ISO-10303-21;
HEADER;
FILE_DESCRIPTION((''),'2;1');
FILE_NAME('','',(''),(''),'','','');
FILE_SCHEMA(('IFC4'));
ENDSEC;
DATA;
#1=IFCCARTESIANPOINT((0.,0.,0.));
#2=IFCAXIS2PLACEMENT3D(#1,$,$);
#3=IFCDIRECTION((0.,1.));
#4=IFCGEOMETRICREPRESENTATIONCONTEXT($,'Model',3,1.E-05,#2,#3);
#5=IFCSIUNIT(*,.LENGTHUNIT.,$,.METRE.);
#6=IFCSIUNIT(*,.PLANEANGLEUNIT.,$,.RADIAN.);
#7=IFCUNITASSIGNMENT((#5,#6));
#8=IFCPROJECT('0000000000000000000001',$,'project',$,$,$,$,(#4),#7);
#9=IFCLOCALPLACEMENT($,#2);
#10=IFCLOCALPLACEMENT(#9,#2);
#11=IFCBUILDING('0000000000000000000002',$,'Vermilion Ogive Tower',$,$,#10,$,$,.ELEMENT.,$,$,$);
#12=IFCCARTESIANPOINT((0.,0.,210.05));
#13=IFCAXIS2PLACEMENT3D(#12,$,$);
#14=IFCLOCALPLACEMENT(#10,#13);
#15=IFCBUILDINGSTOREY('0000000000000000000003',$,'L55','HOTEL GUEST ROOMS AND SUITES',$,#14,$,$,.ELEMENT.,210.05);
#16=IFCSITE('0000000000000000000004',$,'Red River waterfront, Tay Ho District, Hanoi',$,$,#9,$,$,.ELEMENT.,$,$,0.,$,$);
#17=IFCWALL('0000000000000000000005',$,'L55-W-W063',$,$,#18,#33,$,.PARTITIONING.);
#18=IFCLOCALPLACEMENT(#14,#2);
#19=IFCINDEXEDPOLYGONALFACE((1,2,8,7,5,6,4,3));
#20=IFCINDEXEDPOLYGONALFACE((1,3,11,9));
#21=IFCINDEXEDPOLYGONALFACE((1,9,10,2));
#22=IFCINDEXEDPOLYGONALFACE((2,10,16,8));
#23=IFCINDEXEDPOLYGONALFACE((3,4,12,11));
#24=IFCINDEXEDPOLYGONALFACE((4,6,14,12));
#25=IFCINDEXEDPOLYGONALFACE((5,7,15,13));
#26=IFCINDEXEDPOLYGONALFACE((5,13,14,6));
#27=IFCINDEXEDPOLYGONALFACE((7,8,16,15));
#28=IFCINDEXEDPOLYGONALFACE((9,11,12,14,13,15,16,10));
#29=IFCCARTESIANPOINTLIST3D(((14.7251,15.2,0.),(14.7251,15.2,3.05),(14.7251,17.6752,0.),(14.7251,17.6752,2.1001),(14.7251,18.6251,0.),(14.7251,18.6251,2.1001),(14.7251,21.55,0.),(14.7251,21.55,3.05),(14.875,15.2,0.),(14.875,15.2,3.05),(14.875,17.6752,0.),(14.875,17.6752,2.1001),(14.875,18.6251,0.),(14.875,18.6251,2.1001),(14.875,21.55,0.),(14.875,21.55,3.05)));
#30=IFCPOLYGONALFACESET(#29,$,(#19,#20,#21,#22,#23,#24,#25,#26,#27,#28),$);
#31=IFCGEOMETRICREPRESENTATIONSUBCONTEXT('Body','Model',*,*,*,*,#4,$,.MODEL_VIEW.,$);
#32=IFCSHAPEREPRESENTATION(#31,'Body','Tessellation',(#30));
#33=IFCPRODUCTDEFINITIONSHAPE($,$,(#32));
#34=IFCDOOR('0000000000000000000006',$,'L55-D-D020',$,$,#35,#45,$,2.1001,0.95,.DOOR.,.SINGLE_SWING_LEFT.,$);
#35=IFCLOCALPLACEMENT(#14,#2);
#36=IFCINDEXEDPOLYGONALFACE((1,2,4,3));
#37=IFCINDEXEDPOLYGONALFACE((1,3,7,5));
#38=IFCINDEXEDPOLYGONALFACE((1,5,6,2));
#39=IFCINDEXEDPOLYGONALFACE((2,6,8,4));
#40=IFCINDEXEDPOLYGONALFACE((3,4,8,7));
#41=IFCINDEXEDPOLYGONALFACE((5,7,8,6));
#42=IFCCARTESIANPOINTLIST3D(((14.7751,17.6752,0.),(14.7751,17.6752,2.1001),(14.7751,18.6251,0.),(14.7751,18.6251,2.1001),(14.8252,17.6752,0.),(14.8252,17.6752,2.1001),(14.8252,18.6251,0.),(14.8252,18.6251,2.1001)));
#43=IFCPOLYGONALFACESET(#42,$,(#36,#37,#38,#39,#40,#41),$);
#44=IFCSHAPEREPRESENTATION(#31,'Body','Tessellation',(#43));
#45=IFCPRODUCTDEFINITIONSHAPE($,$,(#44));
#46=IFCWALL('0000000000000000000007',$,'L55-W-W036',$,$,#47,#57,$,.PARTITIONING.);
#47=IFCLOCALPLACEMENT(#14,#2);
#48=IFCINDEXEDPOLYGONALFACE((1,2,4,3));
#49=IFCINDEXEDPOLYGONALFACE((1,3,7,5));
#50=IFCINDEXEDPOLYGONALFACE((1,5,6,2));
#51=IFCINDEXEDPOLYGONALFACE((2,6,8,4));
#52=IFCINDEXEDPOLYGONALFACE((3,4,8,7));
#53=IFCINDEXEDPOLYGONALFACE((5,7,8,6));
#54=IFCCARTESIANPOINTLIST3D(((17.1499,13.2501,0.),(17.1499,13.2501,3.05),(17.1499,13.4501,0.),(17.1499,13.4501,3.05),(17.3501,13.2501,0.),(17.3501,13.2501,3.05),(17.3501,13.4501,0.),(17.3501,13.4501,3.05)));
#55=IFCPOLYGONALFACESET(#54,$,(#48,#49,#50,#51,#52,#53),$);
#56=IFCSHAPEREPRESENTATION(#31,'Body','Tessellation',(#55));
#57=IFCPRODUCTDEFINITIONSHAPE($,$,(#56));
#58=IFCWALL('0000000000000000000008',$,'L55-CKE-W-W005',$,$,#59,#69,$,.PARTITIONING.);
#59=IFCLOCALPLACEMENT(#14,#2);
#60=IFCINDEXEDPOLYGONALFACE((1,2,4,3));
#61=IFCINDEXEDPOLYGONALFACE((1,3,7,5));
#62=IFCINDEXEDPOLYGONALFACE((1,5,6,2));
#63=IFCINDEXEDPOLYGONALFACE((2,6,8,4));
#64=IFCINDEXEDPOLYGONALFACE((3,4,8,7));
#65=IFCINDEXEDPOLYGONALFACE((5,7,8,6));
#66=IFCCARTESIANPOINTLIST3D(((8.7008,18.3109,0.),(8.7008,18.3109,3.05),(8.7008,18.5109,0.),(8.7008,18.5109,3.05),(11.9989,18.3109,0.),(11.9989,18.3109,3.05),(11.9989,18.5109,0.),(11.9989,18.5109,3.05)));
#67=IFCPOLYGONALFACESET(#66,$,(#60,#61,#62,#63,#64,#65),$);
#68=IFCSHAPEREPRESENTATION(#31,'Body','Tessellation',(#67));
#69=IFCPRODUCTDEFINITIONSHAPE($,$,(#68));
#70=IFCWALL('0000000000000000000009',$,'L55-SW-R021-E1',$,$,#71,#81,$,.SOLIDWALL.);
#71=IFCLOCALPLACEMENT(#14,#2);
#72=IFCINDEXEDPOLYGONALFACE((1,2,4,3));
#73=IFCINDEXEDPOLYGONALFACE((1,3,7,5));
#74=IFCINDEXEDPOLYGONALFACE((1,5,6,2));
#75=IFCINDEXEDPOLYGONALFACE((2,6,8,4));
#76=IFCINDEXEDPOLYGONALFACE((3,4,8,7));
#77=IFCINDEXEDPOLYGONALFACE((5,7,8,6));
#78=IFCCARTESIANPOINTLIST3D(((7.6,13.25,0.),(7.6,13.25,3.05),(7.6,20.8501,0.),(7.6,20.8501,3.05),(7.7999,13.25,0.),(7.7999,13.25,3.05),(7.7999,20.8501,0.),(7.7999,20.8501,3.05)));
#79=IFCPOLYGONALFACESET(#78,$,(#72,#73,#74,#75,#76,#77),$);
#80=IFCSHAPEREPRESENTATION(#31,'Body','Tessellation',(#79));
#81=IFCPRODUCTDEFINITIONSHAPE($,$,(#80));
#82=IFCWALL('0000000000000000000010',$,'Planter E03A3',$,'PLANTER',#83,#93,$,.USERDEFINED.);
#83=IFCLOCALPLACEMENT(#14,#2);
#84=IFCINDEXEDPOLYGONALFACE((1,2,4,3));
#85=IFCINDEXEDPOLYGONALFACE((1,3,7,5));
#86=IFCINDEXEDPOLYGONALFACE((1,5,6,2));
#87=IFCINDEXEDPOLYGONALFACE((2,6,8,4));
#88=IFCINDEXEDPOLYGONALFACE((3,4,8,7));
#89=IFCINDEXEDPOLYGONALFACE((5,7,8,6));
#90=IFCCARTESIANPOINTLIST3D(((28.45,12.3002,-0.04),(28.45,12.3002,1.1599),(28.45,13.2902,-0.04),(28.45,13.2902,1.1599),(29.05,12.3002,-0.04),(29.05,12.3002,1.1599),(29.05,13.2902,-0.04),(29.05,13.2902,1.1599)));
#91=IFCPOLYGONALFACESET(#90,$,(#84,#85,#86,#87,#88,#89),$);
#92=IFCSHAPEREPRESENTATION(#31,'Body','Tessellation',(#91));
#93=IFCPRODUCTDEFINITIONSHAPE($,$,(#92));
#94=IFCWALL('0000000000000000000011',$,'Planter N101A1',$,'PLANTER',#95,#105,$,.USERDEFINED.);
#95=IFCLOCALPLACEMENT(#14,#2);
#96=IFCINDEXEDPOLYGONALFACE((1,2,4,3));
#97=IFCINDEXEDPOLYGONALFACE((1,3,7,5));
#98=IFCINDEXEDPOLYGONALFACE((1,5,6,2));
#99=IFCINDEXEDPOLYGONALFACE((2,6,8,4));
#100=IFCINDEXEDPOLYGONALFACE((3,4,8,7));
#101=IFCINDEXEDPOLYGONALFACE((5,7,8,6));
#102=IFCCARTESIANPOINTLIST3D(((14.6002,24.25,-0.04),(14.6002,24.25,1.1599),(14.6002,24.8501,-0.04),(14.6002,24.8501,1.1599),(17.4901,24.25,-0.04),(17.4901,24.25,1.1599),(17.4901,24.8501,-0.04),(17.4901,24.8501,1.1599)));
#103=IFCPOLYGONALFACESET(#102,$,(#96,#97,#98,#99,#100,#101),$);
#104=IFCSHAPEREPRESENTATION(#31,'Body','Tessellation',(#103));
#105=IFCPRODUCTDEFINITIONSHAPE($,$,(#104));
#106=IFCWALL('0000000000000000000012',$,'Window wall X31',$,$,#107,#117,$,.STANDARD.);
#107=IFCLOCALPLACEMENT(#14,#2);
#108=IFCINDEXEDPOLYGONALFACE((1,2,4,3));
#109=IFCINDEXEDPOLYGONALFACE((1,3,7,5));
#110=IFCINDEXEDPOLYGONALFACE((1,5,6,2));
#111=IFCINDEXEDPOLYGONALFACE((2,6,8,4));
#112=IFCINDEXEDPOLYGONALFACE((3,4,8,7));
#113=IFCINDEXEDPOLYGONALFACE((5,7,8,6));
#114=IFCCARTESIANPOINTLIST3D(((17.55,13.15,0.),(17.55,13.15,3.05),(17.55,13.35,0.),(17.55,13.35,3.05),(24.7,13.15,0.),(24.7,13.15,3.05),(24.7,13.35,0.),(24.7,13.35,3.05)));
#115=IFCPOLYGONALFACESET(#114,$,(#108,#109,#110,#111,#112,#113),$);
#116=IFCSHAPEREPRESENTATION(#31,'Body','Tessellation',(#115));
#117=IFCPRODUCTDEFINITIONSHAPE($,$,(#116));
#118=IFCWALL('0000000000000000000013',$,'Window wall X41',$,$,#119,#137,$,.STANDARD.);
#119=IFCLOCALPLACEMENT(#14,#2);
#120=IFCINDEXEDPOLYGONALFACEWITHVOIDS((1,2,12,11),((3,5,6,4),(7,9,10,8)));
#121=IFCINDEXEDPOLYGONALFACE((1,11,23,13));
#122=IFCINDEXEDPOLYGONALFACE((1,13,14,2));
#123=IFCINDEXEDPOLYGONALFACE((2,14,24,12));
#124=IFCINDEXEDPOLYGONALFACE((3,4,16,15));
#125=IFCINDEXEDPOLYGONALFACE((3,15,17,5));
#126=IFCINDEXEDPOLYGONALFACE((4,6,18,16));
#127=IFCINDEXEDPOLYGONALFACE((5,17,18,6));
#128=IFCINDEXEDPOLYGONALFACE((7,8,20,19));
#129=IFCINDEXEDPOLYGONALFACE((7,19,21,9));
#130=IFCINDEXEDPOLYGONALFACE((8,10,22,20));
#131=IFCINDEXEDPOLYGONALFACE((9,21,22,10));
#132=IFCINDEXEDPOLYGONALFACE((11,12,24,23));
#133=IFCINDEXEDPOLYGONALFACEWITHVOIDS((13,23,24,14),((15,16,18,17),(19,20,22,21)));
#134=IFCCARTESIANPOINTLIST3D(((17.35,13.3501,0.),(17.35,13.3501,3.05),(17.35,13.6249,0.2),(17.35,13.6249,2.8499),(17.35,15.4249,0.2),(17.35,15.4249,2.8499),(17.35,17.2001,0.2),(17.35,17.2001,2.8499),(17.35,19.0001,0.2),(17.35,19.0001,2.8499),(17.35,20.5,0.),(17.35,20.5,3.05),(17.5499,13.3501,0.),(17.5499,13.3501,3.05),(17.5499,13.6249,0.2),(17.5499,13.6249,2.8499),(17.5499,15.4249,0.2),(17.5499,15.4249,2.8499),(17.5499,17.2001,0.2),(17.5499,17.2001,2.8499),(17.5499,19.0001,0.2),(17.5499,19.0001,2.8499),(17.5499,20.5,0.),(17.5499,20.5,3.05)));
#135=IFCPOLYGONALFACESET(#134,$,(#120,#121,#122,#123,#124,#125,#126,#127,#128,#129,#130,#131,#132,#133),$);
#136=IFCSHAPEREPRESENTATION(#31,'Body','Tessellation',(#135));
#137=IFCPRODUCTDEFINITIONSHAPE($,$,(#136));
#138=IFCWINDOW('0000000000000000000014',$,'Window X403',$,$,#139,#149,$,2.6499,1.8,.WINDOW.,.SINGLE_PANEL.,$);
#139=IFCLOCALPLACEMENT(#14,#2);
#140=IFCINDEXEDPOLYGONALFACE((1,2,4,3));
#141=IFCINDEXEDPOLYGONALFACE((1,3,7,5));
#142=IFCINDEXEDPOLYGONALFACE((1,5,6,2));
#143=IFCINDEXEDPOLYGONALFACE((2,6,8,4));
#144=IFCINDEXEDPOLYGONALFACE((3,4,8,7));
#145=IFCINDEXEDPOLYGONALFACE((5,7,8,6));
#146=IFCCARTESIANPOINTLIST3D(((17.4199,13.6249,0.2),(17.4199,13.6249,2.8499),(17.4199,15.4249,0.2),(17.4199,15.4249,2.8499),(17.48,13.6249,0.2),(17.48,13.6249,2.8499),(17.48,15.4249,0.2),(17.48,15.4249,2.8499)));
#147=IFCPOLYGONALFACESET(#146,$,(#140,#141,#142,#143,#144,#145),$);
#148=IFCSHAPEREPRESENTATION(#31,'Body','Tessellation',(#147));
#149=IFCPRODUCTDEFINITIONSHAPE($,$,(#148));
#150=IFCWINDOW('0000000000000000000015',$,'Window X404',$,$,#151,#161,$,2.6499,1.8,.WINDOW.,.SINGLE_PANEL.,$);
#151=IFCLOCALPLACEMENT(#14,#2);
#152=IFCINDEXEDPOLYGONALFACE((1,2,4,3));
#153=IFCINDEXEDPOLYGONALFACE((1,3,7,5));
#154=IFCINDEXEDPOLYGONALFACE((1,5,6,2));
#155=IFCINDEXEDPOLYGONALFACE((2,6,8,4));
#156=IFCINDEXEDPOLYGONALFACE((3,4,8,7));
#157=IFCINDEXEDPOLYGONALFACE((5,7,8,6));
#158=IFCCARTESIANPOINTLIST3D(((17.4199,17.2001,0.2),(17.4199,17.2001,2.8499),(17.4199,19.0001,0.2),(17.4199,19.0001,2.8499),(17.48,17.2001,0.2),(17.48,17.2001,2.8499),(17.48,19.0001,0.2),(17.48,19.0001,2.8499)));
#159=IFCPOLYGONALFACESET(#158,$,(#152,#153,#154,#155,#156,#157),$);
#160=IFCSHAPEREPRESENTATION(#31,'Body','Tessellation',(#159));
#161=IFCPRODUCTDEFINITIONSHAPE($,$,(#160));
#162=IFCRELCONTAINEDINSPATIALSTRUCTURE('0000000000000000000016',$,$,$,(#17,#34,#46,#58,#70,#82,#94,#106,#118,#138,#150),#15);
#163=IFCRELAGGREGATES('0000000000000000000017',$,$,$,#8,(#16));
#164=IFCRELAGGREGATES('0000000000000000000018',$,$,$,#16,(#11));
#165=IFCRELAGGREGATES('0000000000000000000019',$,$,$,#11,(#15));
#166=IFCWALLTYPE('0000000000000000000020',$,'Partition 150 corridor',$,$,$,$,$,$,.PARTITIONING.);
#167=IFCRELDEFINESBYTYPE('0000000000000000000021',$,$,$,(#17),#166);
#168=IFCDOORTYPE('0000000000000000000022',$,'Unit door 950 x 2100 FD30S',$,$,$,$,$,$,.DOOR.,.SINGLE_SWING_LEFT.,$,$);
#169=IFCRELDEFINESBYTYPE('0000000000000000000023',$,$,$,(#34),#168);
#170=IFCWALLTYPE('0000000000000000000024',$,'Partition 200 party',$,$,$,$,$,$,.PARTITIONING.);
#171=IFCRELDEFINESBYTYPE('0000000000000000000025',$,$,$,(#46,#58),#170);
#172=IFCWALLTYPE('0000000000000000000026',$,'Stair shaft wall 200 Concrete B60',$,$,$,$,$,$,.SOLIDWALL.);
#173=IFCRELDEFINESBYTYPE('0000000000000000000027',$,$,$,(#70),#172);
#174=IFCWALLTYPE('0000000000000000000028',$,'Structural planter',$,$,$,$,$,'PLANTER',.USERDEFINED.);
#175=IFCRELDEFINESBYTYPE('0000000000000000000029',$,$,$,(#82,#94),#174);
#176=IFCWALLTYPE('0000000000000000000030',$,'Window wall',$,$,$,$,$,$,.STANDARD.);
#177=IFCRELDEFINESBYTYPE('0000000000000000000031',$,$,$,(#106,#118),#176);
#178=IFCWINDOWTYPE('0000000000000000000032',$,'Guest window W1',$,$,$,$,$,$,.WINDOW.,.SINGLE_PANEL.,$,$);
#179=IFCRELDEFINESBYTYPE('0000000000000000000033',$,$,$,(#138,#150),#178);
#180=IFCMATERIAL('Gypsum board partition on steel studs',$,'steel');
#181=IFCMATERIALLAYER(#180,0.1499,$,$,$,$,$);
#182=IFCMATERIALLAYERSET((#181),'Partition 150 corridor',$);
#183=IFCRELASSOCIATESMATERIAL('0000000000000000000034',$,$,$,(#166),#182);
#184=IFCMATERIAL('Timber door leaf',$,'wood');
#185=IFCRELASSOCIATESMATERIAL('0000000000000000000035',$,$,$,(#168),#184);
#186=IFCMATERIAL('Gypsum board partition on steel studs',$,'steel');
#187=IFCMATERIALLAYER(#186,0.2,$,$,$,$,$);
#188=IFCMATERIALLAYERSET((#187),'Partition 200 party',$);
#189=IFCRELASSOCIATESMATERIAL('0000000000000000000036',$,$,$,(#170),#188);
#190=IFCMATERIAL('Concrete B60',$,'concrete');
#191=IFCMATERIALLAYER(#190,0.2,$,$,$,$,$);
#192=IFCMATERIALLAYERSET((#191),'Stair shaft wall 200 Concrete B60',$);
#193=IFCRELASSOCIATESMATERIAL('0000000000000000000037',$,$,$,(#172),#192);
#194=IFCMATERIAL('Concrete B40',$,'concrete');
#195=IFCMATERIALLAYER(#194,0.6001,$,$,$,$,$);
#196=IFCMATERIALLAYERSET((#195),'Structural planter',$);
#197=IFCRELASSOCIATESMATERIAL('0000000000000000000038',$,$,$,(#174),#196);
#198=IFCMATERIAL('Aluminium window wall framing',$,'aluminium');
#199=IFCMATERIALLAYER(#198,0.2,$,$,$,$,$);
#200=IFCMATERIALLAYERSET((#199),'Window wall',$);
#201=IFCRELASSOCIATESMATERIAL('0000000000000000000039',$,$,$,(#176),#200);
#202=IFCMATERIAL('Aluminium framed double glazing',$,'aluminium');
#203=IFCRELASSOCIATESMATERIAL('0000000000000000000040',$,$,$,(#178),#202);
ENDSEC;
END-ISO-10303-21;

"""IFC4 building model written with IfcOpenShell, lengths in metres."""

from ifc_helpers import new_model, si_unit, direction, frame, frame_2d, origin, place, context, subcontext, project, spatial, rectangle, extrude, material, layer, layer_set, type_object, element, fill, save


model = new_model("IFC4")

# Units and contexts
model_context = context("Model", 3, precision=1e-05, world=origin(), true_north=direction((0.0, 1.0)))
body_context = subcontext(model_context, "Body", "Model", "MODEL_VIEW")
ifc_project = project(units=[si_unit("LENGTHUNIT", "METRE"), si_unit("PLANEANGLEUNIT", "RADIAN")], contexts=[model_context])

# Site, building, storey
site_placement = place(None, origin())
site = spatial("IfcSite", under=ifc_project, at=site_placement, Name="Red River waterfront, Tay Ho District, Hanoi", CompositionType="ELEMENT", RefElevation=0.0)
building_placement = place(site_placement, origin())
building = spatial("IfcBuilding", under=site, at=building_placement, Name="Vermilion Ogive Tower", CompositionType="ELEMENT")
storey_placement = place(building_placement, frame((0.0, 0.0, 210.05)))
storey = spatial("IfcBuildingStorey", under=building, at=storey_placement, Name="L55", Description="HOTEL GUEST ROOMS AND SUITES", CompositionType="ELEMENT", Elevation=210.05)

# Shared definitions
ifc_material_1 = material(Name="Gypsum board partition on steel studs", Category="steel")
ifc_layer_1 = layer(ifc_material_1, 0.1499)
ifc_layer_set_1 = layer_set([ifc_layer_1], Name="Partition 150 corridor")
wall_type_1 = type_object("IfcWallType", Name="Partition 150 corridor", PredefinedType="PARTITIONING", material=ifc_layer_set_1)

# Wall, opening, door
wall_1_placement = place(storey_placement, frame((14.8, 15.2, 0.0), z_axis=(0.0, 0.0, 1.0), x_axis=(0.0, 1.0, 0.0)))
wall_1 = element("IfcWall", 1, at=wall_1_placement, inside=storey, type_object=wall_type_1, Name="L55-W-W063", PredefinedType="PARTITIONING", context=body_context, shape_type="SweptSolid", body=[
    extrude(rectangle(XDim=6.3501, YDim=0.1499, at=frame_2d((3.175, 0.0))), origin(), (0.0, 0.0, 1.0), 3.05),
])
opening_1_placement = place(wall_1_placement, frame((2.4751, 0.0, 0.0)))
opening_1 = element("IfcOpeningElement", 2, at=opening_1_placement, cuts=wall_1, PredefinedType="OPENING", context=body_context, shape_type="SweptSolid", body=[
    extrude(rectangle(XDim=0.95, YDim=2.1001, at=frame_2d((0.4751, 1.05))), frame((0.0, 0.085, 0.0), z_axis=(0.0, -1.0, 0.0), x_axis=(1.0, 0.0, 0.0)), (0.0, 0.0, 1.0), 0.1699),
])
ifc_material_2 = material(Name="Timber door leaf", Category="wood")
door_type_1 = type_object("IfcDoorType", Name="Unit door 950 x 2100 FD30S", OperationType="SINGLE_SWING_LEFT", PredefinedType="DOOR", material=ifc_material_2)
door_1_placement = place(opening_1_placement, origin())
door_1 = element("IfcDoor", 3, at=door_1_placement, inside=storey, type_object=door_type_1, Name="L55-D-D020", OperationType="SINGLE_SWING_LEFT", OverallHeight=2.1001, OverallWidth=0.95, PredefinedType="DOOR", context=body_context, shape_type="SweptSolid", body=[
    extrude(rectangle(XDim=0.95, YDim=2.1001, at=frame_2d((0.4751, 1.05))), frame((0.0, 0.0249, 0.0), z_axis=(0.0, -1.0, 0.0), x_axis=(1.0, 0.0, 0.0)), (0.0, 0.0, 1.0), 0.05),
])
fill(opening_1, door_1)

# Walls
ifc_material_3 = material(Name="Gypsum board partition on steel studs", Category="steel")
ifc_layer_2 = layer(ifc_material_3, 0.2)
ifc_layer_set_2 = layer_set([ifc_layer_2], Name="Partition 200 party")
wall_type_2 = type_object("IfcWallType", Name="Partition 200 party", PredefinedType="PARTITIONING", material=ifc_layer_set_2)
wall_2_placement = place(storey_placement, frame((17.1499, 13.3501, 0.0), z_axis=(0.0, 0.0, 1.0), x_axis=(1.0, 0.0, 0.0)))
element("IfcWall", 4, at=wall_2_placement, inside=storey, type_object=wall_type_2, Name="L55-W-W036", PredefinedType="PARTITIONING", context=body_context, shape_type="SweptSolid", body=[
    extrude(rectangle(XDim=0.2002, YDim=0.2, at=frame_2d((0.1001, 0.0))), origin(), (0.0, 0.0, 1.0), 3.05),
])
wall_3_placement = place(storey_placement, frame((8.7009, 18.4109, 0.0), z_axis=(0.0, 0.0, 1.0), x_axis=(1.0, 0.0, 0.0)))
element("IfcWall", 5, at=wall_3_placement, inside=storey, type_object=wall_type_2, Name="L55-CKE-W-W005", PredefinedType="PARTITIONING", context=body_context, shape_type="SweptSolid", body=[
    extrude(rectangle(XDim=3.2981, YDim=0.2, at=frame_2d((1.6489, 0.0))), origin(), (0.0, 0.0, 1.0), 3.05),
])
ifc_material_4 = material(Name="Concrete B60", Category="concrete")
ifc_layer_3 = layer(ifc_material_4, 0.2)
ifc_layer_set_3 = layer_set([ifc_layer_3], Name="Stair shaft wall 200 Concrete B60")
wall_type_3 = type_object("IfcWallType", Name="Stair shaft wall 200 Concrete B60", PredefinedType="SOLIDWALL", material=ifc_layer_set_3)
wall_4_placement = place(storey_placement, frame((7.7, 13.25, 0.0), z_axis=(0.0, 0.0, 1.0), x_axis=(0.0, 1.0, 0.0)))
element("IfcWall", 6, at=wall_4_placement, inside=storey, type_object=wall_type_3, Name="L55-SW-R021-E1", PredefinedType="SOLIDWALL", context=body_context, shape_type="SweptSolid", body=[
    extrude(rectangle(XDim=7.6001, YDim=0.2, at=frame_2d((3.8, 0.0))), origin(), (0.0, 0.0, 1.0), 3.05),
])
ifc_material_5 = material(Name="Concrete B40", Category="concrete")
ifc_layer_4 = layer(ifc_material_5, 0.6001)
ifc_layer_set_4 = layer_set([ifc_layer_4], Name="Structural planter")
wall_type_4 = type_object("IfcWallType", Name="Structural planter", ElementType="PLANTER", PredefinedType="USERDEFINED", material=ifc_layer_set_4)
wall_5_placement = place(storey_placement, frame((28.75, 12.3, -0.04), z_axis=(0.0, 0.0, 1.0), x_axis=(0.0, 1.0, 0.0)))
element("IfcWall", 7, at=wall_5_placement, inside=storey, type_object=wall_type_4, Name="Planter E03A3", ObjectType="PLANTER", PredefinedType="USERDEFINED", context=body_context, shape_type="SweptSolid", body=[
    extrude(rectangle(XDim=0.99, YDim=0.6001, at=frame_2d((0.4951, 0.0))), origin(), (0.0, 0.0, 1.0), 1.2),
])
wall_6_placement = place(storey_placement, frame((17.49, 24.55, -0.04), z_axis=(0.0, 0.0, 1.0), x_axis=(-1.0, 0.0, 0.0)))
element("IfcWall", 8, at=wall_6_placement, inside=storey, type_object=wall_type_4, Name="Planter N101A1", ObjectType="PLANTER", PredefinedType="USERDEFINED", context=body_context, shape_type="SweptSolid", body=[
    extrude(rectangle(XDim=2.8899, YDim=0.6001, at=frame_2d((1.4448, 0.0))), origin(), (0.0, 0.0, 1.0), 1.2),
])
ifc_material_6 = material(Name="Aluminium window wall framing", Category="aluminium")
ifc_layer_5 = layer(ifc_material_6, 0.2)
ifc_layer_set_5 = layer_set([ifc_layer_5], Name="Window wall")
wall_type_5 = type_object("IfcWallType", Name="Window wall", PredefinedType="STANDARD", material=ifc_layer_set_5)
wall_7_placement = place(storey_placement, frame((24.7, 13.25, 0.0), z_axis=(0.0, 0.0, 1.0), x_axis=(-1.0, 0.0, 0.0)))
element("IfcWall", 9, at=wall_7_placement, inside=storey, type_object=wall_type_5, Name="Window wall X31", PredefinedType="STANDARD", context=body_context, shape_type="SweptSolid", body=[
    extrude(rectangle(XDim=7.1499, YDim=0.2, at=frame_2d((3.575, 0.0))), origin(), (0.0, 0.0, 1.0), 3.05),
])

# Wall, openings, windows
wall_8_placement = place(storey_placement, frame((17.45, 13.3501, 0.0), z_axis=(0.0, 0.0, 1.0), x_axis=(0.0, 1.0, 0.0)))
wall_8 = element("IfcWall", 10, at=wall_8_placement, inside=storey, type_object=wall_type_5, Name="Window wall X41", PredefinedType="STANDARD", context=body_context, shape_type="SweptSolid", body=[
    extrude(rectangle(XDim=7.1499, YDim=0.2, at=frame_2d((3.575, 0.0))), origin(), (0.0, 0.0, 1.0), 3.05),
])
opening_2_placement = place(wall_8_placement, frame((0.2749, 0.0, 0.2)))
opening_2 = element("IfcOpeningElement", 11, at=opening_2_placement, cuts=wall_8, PredefinedType="OPENING", context=body_context, shape_type="SweptSolid", body=[
    extrude(rectangle(XDim=1.8, YDim=2.6499, at=frame_2d((0.8999, 1.325))), frame((0.0, 0.1099, 0.0), z_axis=(0.0, -1.0, 0.0), x_axis=(1.0, 0.0, 0.0)), (0.0, 0.0, 1.0), 0.22),
])
opening_3_placement = place(wall_8_placement, frame((3.8501, 0.0, 0.2)))
opening_3 = element("IfcOpeningElement", 12, at=opening_3_placement, cuts=wall_8, PredefinedType="OPENING", context=body_context, shape_type="SweptSolid", body=[
    extrude(rectangle(XDim=1.8, YDim=2.6499, at=frame_2d((0.8999, 1.325))), frame((0.0, 0.1099, 0.0), z_axis=(0.0, -1.0, 0.0), x_axis=(1.0, 0.0, 0.0)), (0.0, 0.0, 1.0), 0.22),
])
ifc_material_7 = material(Name="Aluminium framed double glazing", Category="aluminium")
window_type = type_object("IfcWindowType", Name="Guest window W1", PartitioningType="SINGLE_PANEL", PredefinedType="WINDOW", material=ifc_material_7)
window_1_placement = place(opening_2_placement, origin())
window_1 = element("IfcWindow", 13, at=window_1_placement, inside=storey, type_object=window_type, Name="Window X403", OverallHeight=2.6499, OverallWidth=1.8, PartitioningType="SINGLE_PANEL", PredefinedType="WINDOW", context=body_context, shape_type="SweptSolid", body=[
    extrude(rectangle(XDim=1.8, YDim=2.6499, at=frame_2d((0.8999, 1.325))), frame((0.0, 0.03, 0.0), z_axis=(0.0, -1.0, 0.0), x_axis=(1.0, 0.0, 0.0)), (0.0, 0.0, 1.0), 0.0601),
])
fill(opening_2, window_1)
window_2_placement = place(opening_3_placement, origin())
window_2 = element("IfcWindow", 14, at=window_2_placement, inside=storey, type_object=window_type, Name="Window X404", OverallHeight=2.6499, OverallWidth=1.8, PartitioningType="SINGLE_PANEL", PredefinedType="WINDOW", context=body_context, shape_type="SweptSolid", body=[
    extrude(rectangle(XDim=1.8, YDim=2.6499, at=frame_2d((0.8999, 1.325))), frame((0.0, 0.03, 0.0), z_axis=(0.0, -1.0, 0.0), x_axis=(1.0, 0.0, 0.0)), (0.0, 0.0, 1.0), 0.0601),
])
fill(opening_3, window_2)

save(model, "model.ifc")
